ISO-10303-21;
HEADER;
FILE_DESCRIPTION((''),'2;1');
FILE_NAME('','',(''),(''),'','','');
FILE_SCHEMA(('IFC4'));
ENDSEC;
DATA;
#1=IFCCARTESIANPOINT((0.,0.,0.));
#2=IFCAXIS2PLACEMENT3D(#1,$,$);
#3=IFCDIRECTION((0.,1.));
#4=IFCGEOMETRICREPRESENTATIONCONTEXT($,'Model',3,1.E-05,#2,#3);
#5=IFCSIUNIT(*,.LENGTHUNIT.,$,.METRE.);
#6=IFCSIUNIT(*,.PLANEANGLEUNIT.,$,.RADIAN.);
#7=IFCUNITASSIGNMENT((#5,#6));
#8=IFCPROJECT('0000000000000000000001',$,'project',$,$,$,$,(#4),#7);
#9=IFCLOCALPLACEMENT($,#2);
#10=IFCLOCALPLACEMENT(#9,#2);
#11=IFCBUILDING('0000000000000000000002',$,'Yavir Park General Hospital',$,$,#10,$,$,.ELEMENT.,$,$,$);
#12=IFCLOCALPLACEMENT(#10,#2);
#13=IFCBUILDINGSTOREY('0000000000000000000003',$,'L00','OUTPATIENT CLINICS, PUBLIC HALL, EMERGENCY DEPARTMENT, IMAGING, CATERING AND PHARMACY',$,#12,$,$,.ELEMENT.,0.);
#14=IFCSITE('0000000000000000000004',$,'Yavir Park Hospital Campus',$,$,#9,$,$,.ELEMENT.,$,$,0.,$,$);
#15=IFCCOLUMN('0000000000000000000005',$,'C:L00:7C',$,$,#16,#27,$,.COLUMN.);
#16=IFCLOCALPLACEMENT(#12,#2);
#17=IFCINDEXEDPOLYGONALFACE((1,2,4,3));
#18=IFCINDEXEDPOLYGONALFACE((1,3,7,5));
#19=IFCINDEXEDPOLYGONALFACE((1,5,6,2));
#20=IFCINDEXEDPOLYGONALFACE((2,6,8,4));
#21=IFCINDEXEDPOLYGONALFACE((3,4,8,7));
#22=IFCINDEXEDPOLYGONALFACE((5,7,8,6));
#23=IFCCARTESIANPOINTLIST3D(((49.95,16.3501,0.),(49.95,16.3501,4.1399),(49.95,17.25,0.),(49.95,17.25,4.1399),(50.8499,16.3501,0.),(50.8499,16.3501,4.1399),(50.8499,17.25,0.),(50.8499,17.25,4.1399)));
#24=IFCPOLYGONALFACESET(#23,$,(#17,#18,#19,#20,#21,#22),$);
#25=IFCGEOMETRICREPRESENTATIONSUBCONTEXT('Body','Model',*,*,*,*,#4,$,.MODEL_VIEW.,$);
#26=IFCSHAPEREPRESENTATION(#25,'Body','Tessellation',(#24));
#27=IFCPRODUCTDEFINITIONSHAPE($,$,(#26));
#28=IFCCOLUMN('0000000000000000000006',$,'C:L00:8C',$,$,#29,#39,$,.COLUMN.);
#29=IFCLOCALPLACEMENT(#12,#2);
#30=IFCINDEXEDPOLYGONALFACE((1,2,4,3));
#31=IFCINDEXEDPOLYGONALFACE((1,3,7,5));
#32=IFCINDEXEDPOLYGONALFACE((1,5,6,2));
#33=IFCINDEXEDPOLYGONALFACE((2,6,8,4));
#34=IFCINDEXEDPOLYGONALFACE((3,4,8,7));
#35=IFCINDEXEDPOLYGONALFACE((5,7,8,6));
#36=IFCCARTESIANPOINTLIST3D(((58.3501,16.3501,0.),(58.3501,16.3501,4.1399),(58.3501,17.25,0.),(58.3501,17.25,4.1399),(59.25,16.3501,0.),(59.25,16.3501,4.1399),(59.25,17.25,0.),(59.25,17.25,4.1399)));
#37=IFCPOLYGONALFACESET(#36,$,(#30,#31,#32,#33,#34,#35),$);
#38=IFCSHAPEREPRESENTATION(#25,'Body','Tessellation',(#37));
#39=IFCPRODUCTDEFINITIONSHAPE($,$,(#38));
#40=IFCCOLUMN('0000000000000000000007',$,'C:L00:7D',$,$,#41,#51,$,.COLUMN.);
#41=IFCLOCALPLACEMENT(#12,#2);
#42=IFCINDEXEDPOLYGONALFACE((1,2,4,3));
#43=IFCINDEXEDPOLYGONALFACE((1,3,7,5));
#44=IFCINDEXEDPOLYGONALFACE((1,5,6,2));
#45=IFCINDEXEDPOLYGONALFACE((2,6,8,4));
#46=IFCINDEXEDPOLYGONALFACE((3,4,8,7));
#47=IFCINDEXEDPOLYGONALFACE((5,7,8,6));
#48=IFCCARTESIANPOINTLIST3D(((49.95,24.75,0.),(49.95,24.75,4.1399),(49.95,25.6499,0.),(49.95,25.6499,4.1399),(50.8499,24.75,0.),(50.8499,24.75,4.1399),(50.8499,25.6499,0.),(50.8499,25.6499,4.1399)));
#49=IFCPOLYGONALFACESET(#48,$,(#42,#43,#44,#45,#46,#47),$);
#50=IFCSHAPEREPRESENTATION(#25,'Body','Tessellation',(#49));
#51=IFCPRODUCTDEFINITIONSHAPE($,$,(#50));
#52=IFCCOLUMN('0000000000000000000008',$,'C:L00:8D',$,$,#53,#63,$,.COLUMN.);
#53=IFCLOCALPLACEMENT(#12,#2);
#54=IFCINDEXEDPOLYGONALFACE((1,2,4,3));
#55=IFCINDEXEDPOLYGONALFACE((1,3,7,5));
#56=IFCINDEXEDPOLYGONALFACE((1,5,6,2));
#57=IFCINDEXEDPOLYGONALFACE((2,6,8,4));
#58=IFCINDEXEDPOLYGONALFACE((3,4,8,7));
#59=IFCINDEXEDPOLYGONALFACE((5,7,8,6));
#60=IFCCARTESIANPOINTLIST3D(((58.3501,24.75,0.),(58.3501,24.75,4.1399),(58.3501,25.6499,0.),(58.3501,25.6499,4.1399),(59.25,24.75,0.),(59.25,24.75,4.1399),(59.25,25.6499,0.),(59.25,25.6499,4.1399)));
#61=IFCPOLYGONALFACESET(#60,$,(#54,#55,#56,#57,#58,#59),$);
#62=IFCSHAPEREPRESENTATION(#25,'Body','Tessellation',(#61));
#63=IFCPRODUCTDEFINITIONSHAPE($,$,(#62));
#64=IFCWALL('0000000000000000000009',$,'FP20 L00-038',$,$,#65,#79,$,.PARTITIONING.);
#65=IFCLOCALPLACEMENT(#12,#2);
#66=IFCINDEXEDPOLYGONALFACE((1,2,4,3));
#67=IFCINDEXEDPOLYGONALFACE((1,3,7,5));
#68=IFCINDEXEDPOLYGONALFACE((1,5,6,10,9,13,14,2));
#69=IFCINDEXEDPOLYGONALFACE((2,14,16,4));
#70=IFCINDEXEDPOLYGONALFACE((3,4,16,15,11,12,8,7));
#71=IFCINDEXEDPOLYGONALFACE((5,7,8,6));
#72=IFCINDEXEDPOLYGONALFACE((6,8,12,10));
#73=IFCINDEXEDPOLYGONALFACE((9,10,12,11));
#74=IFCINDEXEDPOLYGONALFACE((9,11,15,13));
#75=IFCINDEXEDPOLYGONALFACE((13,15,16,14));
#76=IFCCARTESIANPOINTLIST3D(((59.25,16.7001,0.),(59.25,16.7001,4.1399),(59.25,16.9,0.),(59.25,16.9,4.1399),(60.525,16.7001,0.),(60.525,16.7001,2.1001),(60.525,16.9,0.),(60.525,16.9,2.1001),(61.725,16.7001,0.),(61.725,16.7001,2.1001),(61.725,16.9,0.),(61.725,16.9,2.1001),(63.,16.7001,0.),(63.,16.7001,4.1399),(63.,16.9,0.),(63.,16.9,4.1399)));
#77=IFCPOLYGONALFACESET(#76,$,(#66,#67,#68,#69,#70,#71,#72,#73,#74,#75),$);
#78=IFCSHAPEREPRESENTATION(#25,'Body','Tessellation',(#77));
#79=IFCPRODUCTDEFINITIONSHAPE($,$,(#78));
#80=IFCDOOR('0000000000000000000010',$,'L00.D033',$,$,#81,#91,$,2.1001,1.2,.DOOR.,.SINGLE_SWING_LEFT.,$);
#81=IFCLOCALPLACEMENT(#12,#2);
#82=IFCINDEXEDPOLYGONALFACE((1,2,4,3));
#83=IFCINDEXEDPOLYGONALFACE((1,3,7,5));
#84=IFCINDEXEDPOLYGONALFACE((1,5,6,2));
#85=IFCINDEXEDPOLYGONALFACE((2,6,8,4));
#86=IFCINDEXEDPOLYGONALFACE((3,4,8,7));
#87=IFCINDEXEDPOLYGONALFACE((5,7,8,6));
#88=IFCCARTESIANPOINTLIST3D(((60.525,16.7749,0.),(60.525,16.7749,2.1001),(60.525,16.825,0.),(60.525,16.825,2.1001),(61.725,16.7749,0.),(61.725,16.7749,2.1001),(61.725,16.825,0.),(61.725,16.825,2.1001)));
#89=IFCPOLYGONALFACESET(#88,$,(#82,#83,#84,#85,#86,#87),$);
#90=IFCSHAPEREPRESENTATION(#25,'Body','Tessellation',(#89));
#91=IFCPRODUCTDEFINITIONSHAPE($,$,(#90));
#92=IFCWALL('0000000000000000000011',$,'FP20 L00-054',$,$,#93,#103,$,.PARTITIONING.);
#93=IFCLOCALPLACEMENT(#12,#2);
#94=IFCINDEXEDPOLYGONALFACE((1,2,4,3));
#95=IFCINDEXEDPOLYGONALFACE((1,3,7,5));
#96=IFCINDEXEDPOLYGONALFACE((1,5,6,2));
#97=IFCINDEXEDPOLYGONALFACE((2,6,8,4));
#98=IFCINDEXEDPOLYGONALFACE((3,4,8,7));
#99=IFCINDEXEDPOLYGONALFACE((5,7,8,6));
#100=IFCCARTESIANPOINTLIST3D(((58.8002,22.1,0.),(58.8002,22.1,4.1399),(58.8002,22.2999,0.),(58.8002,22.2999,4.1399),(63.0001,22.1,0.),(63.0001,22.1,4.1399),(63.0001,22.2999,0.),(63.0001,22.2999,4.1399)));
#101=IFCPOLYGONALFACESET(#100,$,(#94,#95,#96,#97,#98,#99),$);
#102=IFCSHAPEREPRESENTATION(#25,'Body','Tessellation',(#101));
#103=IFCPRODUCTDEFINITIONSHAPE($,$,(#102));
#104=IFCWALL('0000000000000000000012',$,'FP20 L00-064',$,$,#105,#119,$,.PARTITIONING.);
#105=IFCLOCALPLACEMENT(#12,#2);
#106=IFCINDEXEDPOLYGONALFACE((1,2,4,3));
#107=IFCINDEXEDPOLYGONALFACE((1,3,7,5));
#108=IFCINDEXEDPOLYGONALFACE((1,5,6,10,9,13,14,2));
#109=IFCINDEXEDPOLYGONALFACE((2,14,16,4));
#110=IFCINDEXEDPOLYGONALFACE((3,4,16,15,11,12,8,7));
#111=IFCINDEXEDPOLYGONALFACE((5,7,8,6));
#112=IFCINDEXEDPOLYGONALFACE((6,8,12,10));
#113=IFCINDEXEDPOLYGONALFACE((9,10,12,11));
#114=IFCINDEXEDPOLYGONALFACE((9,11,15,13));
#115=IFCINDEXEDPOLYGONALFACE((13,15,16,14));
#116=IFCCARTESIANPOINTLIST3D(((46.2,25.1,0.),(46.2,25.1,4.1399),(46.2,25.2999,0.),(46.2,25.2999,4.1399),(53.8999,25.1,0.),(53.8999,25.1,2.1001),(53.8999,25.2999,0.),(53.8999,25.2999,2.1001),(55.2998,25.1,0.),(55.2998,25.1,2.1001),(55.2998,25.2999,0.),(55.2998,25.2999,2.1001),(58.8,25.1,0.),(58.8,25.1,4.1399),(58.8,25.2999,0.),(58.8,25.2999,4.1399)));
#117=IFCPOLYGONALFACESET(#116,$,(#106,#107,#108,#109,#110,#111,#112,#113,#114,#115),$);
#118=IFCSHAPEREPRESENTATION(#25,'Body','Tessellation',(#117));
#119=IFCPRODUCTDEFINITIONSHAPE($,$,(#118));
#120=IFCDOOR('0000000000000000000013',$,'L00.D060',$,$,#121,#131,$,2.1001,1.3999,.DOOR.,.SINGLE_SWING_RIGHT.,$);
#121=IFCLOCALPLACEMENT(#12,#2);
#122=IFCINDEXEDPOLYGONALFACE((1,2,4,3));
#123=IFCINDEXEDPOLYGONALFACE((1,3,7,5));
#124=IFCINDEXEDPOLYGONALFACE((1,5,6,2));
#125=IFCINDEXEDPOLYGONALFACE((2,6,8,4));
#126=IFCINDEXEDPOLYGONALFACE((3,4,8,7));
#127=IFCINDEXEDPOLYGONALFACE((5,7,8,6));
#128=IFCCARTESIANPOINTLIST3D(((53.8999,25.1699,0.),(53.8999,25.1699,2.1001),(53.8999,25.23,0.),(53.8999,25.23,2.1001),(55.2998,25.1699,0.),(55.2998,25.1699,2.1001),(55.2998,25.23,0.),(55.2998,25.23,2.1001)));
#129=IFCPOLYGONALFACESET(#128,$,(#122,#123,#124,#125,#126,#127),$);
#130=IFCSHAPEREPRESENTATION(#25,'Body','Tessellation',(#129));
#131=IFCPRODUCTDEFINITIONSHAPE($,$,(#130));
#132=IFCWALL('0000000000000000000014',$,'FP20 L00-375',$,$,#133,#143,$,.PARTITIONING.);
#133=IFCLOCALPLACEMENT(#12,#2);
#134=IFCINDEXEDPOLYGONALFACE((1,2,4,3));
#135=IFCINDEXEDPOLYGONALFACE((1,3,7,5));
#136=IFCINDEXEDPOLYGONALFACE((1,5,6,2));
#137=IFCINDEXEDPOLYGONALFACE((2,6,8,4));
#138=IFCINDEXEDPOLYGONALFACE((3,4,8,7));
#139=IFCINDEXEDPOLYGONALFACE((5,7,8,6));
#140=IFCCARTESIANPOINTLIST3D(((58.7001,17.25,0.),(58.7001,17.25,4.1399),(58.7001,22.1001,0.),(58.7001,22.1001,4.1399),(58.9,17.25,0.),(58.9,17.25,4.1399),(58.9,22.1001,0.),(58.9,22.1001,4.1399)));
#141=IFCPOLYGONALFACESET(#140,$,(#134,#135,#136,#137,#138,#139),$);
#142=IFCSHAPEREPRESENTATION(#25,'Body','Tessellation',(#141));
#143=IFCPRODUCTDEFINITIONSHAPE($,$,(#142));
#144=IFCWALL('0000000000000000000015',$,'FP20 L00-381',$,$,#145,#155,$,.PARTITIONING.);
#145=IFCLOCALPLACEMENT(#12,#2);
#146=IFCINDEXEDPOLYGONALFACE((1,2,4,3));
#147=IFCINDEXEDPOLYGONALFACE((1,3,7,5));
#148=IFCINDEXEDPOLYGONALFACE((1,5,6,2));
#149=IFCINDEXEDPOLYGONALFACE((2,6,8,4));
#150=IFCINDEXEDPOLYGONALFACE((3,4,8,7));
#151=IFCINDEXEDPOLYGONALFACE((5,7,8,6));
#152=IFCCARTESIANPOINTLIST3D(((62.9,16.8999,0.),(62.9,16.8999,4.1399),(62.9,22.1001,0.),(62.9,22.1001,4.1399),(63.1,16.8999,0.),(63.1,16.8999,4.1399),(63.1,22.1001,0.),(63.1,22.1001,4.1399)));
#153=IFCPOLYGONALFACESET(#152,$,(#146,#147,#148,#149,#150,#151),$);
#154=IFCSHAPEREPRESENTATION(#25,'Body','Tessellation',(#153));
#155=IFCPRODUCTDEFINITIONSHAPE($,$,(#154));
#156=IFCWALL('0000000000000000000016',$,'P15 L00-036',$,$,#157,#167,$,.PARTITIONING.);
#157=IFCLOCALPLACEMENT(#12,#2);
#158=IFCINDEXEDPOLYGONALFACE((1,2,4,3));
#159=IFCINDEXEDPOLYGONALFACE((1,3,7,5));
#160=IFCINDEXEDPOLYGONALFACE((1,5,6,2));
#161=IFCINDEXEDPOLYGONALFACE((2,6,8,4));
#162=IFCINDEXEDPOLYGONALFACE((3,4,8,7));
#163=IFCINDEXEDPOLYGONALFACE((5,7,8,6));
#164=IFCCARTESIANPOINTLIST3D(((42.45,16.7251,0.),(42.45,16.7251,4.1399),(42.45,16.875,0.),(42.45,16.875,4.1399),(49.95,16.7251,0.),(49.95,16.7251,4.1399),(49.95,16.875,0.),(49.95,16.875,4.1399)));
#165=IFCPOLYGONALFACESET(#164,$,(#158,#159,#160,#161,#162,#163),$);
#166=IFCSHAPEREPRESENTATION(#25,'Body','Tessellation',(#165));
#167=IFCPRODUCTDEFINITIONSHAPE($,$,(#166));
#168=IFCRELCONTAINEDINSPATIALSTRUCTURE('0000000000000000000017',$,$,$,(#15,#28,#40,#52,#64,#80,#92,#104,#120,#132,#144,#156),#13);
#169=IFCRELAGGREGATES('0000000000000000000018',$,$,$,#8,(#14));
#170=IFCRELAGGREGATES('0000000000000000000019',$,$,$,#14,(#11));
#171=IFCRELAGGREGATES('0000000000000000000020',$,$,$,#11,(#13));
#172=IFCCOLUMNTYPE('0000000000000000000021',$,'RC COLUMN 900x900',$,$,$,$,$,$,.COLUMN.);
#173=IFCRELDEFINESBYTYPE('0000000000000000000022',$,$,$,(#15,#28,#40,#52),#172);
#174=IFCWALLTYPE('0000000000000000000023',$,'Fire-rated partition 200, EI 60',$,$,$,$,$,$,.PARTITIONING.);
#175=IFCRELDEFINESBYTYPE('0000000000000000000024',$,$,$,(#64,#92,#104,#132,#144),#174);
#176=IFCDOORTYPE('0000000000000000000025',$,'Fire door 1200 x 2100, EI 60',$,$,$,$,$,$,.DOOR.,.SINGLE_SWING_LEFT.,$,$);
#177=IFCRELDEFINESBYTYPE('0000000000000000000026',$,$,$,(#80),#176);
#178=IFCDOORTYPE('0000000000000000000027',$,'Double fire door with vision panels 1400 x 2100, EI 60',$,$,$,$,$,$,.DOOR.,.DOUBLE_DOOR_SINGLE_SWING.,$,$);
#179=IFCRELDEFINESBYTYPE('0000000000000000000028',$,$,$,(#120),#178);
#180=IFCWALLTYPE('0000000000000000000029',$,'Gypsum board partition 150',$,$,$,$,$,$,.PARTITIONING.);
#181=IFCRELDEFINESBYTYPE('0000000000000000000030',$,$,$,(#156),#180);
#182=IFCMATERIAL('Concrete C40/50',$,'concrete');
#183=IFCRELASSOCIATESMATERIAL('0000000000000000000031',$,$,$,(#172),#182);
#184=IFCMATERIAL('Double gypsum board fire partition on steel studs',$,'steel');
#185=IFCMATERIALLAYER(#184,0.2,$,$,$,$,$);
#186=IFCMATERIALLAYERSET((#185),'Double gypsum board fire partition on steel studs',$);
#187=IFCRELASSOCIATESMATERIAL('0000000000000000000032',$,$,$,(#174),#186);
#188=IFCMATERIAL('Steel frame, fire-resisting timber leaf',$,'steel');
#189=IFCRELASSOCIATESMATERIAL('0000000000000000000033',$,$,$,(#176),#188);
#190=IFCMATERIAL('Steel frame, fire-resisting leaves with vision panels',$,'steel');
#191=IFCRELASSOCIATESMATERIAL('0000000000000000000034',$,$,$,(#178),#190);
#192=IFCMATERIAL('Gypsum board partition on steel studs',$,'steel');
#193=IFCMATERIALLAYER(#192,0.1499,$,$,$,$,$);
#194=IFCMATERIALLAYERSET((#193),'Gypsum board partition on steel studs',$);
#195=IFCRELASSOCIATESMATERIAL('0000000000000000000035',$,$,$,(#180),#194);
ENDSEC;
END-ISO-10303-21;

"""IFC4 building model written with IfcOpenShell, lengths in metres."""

from ifc_helpers import new_model, si_unit, direction, frame, frame_2d, origin, origin_2d, place, context, subcontext, project, spatial, rectangle, extrude, material, layer, layer_set, material_profile, profile_set, type_object, element, fill, save


model = new_model("IFC4")

# Units and contexts
model_context = context("Model", 3, precision=1e-05, world=origin(), true_north=direction((0.0, 1.0)))
body_context = subcontext(model_context, "Body", "Model", "MODEL_VIEW")
ifc_project = project(units=[si_unit("LENGTHUNIT", "METRE"), si_unit("PLANEANGLEUNIT", "RADIAN")], contexts=[model_context])

# Site, building, storey
site_placement = place(None, origin())
site = spatial("IfcSite", under=ifc_project, at=site_placement, Name="Yavir Park Hospital Campus", CompositionType="ELEMENT", RefElevation=0.0)
building_placement = place(site_placement, origin())
building = spatial("IfcBuilding", under=site, at=building_placement, Name="Yavir Park General Hospital", CompositionType="ELEMENT")
storey_placement = place(building_placement, origin())
storey = spatial("IfcBuildingStorey", under=building, at=storey_placement, Name="L00", Description="OUTPATIENT CLINICS, PUBLIC HALL, EMERGENCY DEPARTMENT, IMAGING, CATERING AND PHARMACY", CompositionType="ELEMENT", Elevation=0.0)

# Columns
ifc_material_1 = material(Name="Concrete C40/50", Category="concrete")
ifc_material_profile = material_profile(ifc_material_1, rectangle(XDim=0.8999, YDim=0.8999, at=origin_2d()), Name="RC900x900")
ifc_profile_set = profile_set([ifc_material_profile], Name="Concrete C40/50")
column_type = type_object("IfcColumnType", Name="RC COLUMN 900x900", PredefinedType="COLUMN", material=ifc_profile_set)
for number, where, z_axis, x_axis, name in (
    (1, (50.3999, 16.8, 0.0), (0.0, 0.0, 1.0), (1.0, 0.0, 0.0), "C:L00:7C"),
    (2, (58.8, 16.8, 0.0), (0.0, 0.0, 1.0), (1.0, 0.0, 0.0), "C:L00:8C"),
    (3, (50.3999, 25.2, 0.0), (0.0, 0.0, 1.0), (1.0, 0.0, 0.0), "C:L00:7D"),
    (4, (58.8, 25.2, 0.0), (0.0, 0.0, 1.0), (1.0, 0.0, 0.0), "C:L00:8D"),
):
    element("IfcColumn", number, at=place(storey_placement, frame(where, z_axis=z_axis, x_axis=x_axis)), inside=storey, type_object=column_type, Name=name, PredefinedType="COLUMN", context=body_context, shape_type="SweptSolid", body=[
        extrude(rectangle(XDim=0.8999, YDim=0.8999, at=origin_2d()), origin(), (0.0, 0.0, 1.0), 4.1399),
    ])

# Wall, opening, door
ifc_material_2 = material(Name="Double gypsum board fire partition on steel studs", Category="steel")
ifc_layer_1 = layer(ifc_material_2, 0.2)
ifc_layer_set_1 = layer_set([ifc_layer_1], Name="Double gypsum board fire partition on steel studs")
wall_type_1 = type_object("IfcWallType", Name="Fire-rated partition 200, EI 60", PredefinedType="PARTITIONING", material=ifc_layer_set_1)
wall_1_placement = place(storey_placement, frame((59.25, 16.8, 0.0), z_axis=(0.0, 0.0, 1.0), x_axis=(1.0, 0.0, 0.0)))
wall_1 = element("IfcWall", 5, at=wall_1_placement, inside=storey, type_object=wall_type_1, Name="FP20 L00-038", PredefinedType="PARTITIONING", context=body_context, shape_type="SweptSolid", body=[
    extrude(rectangle(XDim=3.75, YDim=0.2, at=frame_2d((1.875, 0.0))), origin(), (0.0, 0.0, 1.0), 4.1399),
])
opening_1_placement = place(wall_1_placement, frame((1.2749, 0.0, 0.0)))
opening_1 = element("IfcOpeningElement", 6, at=opening_1_placement, cuts=wall_1, PredefinedType="OPENING", context=body_context, shape_type="SweptSolid", body=[
    extrude(rectangle(XDim=1.2, YDim=2.1001, at=frame_2d((0.6001, 1.05))), frame((0.0, 0.1099, 0.0), z_axis=(0.0, -1.0, 0.0), x_axis=(1.0, 0.0, 0.0)), (0.0, 0.0, 1.0), 0.22),
])
ifc_material_3 = material(Name="Steel frame, fire-resisting timber leaf", Category="steel")
door_type_1 = type_object("IfcDoorType", Name="Fire door 1200 x 2100, EI 60", OperationType="SINGLE_SWING_LEFT", PredefinedType="DOOR", material=ifc_material_3)
door_1_placement = place(opening_1_placement, origin())
door_1 = element("IfcDoor", 7, at=door_1_placement, inside=storey, type_object=door_type_1, Name="L00.D033", OperationType="SINGLE_SWING_LEFT", OverallHeight=2.1001, OverallWidth=1.2, PredefinedType="DOOR", context=body_context, shape_type="SweptSolid", body=[
    extrude(rectangle(XDim=1.2, YDim=2.1001, at=frame_2d((0.6001, 1.05))), frame((0.0, 0.0249, 0.0), z_axis=(0.0, -1.0, 0.0), x_axis=(1.0, 0.0, 0.0)), (0.0, 0.0, 1.0), 0.05),
])
fill(opening_1, door_1)

# Wall
wall_2_placement = place(storey_placement, frame((58.8, 22.2, 0.0), z_axis=(0.0, 0.0, 1.0), x_axis=(1.0, 0.0, 0.0)))
element("IfcWall", 8, at=wall_2_placement, inside=storey, type_object=wall_type_1, Name="FP20 L00-054", PredefinedType="PARTITIONING", context=body_context, shape_type="SweptSolid", body=[
    extrude(rectangle(XDim=4.2, YDim=0.2, at=frame_2d((2.1001, 0.0))), origin(), (0.0, 0.0, 1.0), 4.1399),
])

# Wall, opening, door
wall_3_placement = place(storey_placement, frame((46.2, 25.2, 0.0), z_axis=(0.0, 0.0, 1.0), x_axis=(1.0, 0.0, 0.0)))
wall_3 = element("IfcWall", 9, at=wall_3_placement, inside=storey, type_object=wall_type_1, Name="FP20 L00-064", PredefinedType="PARTITIONING", context=body_context, shape_type="SweptSolid", body=[
    extrude(rectangle(XDim=12.6001, YDim=0.2, at=frame_2d((6.3, 0.0))), origin(), (0.0, 0.0, 1.0), 4.1399),
])
opening_2_placement = place(wall_3_placement, frame((7.7, 0.0, 0.0)))
opening_2 = element("IfcOpeningElement", 10, at=opening_2_placement, cuts=wall_3, PredefinedType="OPENING", context=body_context, shape_type="SweptSolid", body=[
    extrude(rectangle(XDim=1.3999, YDim=2.1001, at=frame_2d((0.7, 1.05))), frame((0.0, 0.1099, 0.0), z_axis=(0.0, -1.0, 0.0), x_axis=(1.0, 0.0, 0.0)), (0.0, 0.0, 1.0), 0.22),
])
ifc_material_4 = material(Name="Steel frame, fire-resisting leaves with vision panels", Category="steel")
door_type_2 = type_object("IfcDoorType", Name="Double fire door with vision panels 1400 x 2100, EI 60", OperationType="DOUBLE_DOOR_SINGLE_SWING", PredefinedType="DOOR", material=ifc_material_4)
door_2_placement = place(opening_2_placement, origin())
door_2 = element("IfcDoor", 11, at=door_2_placement, inside=storey, type_object=door_type_2, Name="L00.D060", OperationType="SINGLE_SWING_RIGHT", OverallHeight=2.1001, OverallWidth=1.3999, PredefinedType="DOOR", context=body_context, shape_type="SweptSolid", body=[
    extrude(rectangle(XDim=1.3999, YDim=2.1001, at=frame_2d((0.7, 1.05))), frame((0.0, 0.03, 0.0), z_axis=(0.0, -1.0, 0.0), x_axis=(1.0, 0.0, 0.0)), (0.0, 0.0, 1.0), 0.0601),
])
fill(opening_2, door_2)

# Walls
wall_4_placement = place(storey_placement, frame((58.8, 17.25, 0.0), z_axis=(0.0, 0.0, 1.0), x_axis=(0.0, 1.0, 0.0)))
element("IfcWall", 12, at=wall_4_placement, inside=storey, type_object=wall_type_1, Name="FP20 L00-375", PredefinedType="PARTITIONING", context=body_context, shape_type="SweptSolid", body=[
    extrude(rectangle(XDim=4.8501, YDim=0.2, at=frame_2d((2.425, 0.0))), origin(), (0.0, 0.0, 1.0), 4.1399),
])
wall_5_placement = place(storey_placement, frame((63.0, 16.8999, 0.0), z_axis=(0.0, 0.0, 1.0), x_axis=(0.0, 1.0, 0.0)))
element("IfcWall", 13, at=wall_5_placement, inside=storey, type_object=wall_type_1, Name="FP20 L00-381", PredefinedType="PARTITIONING", context=body_context, shape_type="SweptSolid", body=[
    extrude(rectangle(XDim=5.2002, YDim=0.2, at=frame_2d((2.6001, 0.0))), origin(), (0.0, 0.0, 1.0), 4.1399),
])
ifc_material_5 = material(Name="Gypsum board partition on steel studs", Category="steel")
ifc_layer_2 = layer(ifc_material_5, 0.1499)
ifc_layer_set_2 = layer_set([ifc_layer_2], Name="Gypsum board partition on steel studs")
wall_type_2 = type_object("IfcWallType", Name="Gypsum board partition 150", PredefinedType="PARTITIONING", material=ifc_layer_set_2)
wall_6_placement = place(storey_placement, frame((42.45, 16.8, 0.0), z_axis=(0.0, 0.0, 1.0), x_axis=(1.0, 0.0, 0.0)))
element("IfcWall", 14, at=wall_6_placement, inside=storey, type_object=wall_type_2, Name="P15 L00-036", PredefinedType="PARTITIONING", context=body_context, shape_type="SweptSolid", body=[
    extrude(rectangle(XDim=7.5, YDim=0.1499, at=frame_2d((3.75, 0.0))), origin(), (0.0, 0.0, 1.0), 4.1399),
])

save(model, "model.ifc")
